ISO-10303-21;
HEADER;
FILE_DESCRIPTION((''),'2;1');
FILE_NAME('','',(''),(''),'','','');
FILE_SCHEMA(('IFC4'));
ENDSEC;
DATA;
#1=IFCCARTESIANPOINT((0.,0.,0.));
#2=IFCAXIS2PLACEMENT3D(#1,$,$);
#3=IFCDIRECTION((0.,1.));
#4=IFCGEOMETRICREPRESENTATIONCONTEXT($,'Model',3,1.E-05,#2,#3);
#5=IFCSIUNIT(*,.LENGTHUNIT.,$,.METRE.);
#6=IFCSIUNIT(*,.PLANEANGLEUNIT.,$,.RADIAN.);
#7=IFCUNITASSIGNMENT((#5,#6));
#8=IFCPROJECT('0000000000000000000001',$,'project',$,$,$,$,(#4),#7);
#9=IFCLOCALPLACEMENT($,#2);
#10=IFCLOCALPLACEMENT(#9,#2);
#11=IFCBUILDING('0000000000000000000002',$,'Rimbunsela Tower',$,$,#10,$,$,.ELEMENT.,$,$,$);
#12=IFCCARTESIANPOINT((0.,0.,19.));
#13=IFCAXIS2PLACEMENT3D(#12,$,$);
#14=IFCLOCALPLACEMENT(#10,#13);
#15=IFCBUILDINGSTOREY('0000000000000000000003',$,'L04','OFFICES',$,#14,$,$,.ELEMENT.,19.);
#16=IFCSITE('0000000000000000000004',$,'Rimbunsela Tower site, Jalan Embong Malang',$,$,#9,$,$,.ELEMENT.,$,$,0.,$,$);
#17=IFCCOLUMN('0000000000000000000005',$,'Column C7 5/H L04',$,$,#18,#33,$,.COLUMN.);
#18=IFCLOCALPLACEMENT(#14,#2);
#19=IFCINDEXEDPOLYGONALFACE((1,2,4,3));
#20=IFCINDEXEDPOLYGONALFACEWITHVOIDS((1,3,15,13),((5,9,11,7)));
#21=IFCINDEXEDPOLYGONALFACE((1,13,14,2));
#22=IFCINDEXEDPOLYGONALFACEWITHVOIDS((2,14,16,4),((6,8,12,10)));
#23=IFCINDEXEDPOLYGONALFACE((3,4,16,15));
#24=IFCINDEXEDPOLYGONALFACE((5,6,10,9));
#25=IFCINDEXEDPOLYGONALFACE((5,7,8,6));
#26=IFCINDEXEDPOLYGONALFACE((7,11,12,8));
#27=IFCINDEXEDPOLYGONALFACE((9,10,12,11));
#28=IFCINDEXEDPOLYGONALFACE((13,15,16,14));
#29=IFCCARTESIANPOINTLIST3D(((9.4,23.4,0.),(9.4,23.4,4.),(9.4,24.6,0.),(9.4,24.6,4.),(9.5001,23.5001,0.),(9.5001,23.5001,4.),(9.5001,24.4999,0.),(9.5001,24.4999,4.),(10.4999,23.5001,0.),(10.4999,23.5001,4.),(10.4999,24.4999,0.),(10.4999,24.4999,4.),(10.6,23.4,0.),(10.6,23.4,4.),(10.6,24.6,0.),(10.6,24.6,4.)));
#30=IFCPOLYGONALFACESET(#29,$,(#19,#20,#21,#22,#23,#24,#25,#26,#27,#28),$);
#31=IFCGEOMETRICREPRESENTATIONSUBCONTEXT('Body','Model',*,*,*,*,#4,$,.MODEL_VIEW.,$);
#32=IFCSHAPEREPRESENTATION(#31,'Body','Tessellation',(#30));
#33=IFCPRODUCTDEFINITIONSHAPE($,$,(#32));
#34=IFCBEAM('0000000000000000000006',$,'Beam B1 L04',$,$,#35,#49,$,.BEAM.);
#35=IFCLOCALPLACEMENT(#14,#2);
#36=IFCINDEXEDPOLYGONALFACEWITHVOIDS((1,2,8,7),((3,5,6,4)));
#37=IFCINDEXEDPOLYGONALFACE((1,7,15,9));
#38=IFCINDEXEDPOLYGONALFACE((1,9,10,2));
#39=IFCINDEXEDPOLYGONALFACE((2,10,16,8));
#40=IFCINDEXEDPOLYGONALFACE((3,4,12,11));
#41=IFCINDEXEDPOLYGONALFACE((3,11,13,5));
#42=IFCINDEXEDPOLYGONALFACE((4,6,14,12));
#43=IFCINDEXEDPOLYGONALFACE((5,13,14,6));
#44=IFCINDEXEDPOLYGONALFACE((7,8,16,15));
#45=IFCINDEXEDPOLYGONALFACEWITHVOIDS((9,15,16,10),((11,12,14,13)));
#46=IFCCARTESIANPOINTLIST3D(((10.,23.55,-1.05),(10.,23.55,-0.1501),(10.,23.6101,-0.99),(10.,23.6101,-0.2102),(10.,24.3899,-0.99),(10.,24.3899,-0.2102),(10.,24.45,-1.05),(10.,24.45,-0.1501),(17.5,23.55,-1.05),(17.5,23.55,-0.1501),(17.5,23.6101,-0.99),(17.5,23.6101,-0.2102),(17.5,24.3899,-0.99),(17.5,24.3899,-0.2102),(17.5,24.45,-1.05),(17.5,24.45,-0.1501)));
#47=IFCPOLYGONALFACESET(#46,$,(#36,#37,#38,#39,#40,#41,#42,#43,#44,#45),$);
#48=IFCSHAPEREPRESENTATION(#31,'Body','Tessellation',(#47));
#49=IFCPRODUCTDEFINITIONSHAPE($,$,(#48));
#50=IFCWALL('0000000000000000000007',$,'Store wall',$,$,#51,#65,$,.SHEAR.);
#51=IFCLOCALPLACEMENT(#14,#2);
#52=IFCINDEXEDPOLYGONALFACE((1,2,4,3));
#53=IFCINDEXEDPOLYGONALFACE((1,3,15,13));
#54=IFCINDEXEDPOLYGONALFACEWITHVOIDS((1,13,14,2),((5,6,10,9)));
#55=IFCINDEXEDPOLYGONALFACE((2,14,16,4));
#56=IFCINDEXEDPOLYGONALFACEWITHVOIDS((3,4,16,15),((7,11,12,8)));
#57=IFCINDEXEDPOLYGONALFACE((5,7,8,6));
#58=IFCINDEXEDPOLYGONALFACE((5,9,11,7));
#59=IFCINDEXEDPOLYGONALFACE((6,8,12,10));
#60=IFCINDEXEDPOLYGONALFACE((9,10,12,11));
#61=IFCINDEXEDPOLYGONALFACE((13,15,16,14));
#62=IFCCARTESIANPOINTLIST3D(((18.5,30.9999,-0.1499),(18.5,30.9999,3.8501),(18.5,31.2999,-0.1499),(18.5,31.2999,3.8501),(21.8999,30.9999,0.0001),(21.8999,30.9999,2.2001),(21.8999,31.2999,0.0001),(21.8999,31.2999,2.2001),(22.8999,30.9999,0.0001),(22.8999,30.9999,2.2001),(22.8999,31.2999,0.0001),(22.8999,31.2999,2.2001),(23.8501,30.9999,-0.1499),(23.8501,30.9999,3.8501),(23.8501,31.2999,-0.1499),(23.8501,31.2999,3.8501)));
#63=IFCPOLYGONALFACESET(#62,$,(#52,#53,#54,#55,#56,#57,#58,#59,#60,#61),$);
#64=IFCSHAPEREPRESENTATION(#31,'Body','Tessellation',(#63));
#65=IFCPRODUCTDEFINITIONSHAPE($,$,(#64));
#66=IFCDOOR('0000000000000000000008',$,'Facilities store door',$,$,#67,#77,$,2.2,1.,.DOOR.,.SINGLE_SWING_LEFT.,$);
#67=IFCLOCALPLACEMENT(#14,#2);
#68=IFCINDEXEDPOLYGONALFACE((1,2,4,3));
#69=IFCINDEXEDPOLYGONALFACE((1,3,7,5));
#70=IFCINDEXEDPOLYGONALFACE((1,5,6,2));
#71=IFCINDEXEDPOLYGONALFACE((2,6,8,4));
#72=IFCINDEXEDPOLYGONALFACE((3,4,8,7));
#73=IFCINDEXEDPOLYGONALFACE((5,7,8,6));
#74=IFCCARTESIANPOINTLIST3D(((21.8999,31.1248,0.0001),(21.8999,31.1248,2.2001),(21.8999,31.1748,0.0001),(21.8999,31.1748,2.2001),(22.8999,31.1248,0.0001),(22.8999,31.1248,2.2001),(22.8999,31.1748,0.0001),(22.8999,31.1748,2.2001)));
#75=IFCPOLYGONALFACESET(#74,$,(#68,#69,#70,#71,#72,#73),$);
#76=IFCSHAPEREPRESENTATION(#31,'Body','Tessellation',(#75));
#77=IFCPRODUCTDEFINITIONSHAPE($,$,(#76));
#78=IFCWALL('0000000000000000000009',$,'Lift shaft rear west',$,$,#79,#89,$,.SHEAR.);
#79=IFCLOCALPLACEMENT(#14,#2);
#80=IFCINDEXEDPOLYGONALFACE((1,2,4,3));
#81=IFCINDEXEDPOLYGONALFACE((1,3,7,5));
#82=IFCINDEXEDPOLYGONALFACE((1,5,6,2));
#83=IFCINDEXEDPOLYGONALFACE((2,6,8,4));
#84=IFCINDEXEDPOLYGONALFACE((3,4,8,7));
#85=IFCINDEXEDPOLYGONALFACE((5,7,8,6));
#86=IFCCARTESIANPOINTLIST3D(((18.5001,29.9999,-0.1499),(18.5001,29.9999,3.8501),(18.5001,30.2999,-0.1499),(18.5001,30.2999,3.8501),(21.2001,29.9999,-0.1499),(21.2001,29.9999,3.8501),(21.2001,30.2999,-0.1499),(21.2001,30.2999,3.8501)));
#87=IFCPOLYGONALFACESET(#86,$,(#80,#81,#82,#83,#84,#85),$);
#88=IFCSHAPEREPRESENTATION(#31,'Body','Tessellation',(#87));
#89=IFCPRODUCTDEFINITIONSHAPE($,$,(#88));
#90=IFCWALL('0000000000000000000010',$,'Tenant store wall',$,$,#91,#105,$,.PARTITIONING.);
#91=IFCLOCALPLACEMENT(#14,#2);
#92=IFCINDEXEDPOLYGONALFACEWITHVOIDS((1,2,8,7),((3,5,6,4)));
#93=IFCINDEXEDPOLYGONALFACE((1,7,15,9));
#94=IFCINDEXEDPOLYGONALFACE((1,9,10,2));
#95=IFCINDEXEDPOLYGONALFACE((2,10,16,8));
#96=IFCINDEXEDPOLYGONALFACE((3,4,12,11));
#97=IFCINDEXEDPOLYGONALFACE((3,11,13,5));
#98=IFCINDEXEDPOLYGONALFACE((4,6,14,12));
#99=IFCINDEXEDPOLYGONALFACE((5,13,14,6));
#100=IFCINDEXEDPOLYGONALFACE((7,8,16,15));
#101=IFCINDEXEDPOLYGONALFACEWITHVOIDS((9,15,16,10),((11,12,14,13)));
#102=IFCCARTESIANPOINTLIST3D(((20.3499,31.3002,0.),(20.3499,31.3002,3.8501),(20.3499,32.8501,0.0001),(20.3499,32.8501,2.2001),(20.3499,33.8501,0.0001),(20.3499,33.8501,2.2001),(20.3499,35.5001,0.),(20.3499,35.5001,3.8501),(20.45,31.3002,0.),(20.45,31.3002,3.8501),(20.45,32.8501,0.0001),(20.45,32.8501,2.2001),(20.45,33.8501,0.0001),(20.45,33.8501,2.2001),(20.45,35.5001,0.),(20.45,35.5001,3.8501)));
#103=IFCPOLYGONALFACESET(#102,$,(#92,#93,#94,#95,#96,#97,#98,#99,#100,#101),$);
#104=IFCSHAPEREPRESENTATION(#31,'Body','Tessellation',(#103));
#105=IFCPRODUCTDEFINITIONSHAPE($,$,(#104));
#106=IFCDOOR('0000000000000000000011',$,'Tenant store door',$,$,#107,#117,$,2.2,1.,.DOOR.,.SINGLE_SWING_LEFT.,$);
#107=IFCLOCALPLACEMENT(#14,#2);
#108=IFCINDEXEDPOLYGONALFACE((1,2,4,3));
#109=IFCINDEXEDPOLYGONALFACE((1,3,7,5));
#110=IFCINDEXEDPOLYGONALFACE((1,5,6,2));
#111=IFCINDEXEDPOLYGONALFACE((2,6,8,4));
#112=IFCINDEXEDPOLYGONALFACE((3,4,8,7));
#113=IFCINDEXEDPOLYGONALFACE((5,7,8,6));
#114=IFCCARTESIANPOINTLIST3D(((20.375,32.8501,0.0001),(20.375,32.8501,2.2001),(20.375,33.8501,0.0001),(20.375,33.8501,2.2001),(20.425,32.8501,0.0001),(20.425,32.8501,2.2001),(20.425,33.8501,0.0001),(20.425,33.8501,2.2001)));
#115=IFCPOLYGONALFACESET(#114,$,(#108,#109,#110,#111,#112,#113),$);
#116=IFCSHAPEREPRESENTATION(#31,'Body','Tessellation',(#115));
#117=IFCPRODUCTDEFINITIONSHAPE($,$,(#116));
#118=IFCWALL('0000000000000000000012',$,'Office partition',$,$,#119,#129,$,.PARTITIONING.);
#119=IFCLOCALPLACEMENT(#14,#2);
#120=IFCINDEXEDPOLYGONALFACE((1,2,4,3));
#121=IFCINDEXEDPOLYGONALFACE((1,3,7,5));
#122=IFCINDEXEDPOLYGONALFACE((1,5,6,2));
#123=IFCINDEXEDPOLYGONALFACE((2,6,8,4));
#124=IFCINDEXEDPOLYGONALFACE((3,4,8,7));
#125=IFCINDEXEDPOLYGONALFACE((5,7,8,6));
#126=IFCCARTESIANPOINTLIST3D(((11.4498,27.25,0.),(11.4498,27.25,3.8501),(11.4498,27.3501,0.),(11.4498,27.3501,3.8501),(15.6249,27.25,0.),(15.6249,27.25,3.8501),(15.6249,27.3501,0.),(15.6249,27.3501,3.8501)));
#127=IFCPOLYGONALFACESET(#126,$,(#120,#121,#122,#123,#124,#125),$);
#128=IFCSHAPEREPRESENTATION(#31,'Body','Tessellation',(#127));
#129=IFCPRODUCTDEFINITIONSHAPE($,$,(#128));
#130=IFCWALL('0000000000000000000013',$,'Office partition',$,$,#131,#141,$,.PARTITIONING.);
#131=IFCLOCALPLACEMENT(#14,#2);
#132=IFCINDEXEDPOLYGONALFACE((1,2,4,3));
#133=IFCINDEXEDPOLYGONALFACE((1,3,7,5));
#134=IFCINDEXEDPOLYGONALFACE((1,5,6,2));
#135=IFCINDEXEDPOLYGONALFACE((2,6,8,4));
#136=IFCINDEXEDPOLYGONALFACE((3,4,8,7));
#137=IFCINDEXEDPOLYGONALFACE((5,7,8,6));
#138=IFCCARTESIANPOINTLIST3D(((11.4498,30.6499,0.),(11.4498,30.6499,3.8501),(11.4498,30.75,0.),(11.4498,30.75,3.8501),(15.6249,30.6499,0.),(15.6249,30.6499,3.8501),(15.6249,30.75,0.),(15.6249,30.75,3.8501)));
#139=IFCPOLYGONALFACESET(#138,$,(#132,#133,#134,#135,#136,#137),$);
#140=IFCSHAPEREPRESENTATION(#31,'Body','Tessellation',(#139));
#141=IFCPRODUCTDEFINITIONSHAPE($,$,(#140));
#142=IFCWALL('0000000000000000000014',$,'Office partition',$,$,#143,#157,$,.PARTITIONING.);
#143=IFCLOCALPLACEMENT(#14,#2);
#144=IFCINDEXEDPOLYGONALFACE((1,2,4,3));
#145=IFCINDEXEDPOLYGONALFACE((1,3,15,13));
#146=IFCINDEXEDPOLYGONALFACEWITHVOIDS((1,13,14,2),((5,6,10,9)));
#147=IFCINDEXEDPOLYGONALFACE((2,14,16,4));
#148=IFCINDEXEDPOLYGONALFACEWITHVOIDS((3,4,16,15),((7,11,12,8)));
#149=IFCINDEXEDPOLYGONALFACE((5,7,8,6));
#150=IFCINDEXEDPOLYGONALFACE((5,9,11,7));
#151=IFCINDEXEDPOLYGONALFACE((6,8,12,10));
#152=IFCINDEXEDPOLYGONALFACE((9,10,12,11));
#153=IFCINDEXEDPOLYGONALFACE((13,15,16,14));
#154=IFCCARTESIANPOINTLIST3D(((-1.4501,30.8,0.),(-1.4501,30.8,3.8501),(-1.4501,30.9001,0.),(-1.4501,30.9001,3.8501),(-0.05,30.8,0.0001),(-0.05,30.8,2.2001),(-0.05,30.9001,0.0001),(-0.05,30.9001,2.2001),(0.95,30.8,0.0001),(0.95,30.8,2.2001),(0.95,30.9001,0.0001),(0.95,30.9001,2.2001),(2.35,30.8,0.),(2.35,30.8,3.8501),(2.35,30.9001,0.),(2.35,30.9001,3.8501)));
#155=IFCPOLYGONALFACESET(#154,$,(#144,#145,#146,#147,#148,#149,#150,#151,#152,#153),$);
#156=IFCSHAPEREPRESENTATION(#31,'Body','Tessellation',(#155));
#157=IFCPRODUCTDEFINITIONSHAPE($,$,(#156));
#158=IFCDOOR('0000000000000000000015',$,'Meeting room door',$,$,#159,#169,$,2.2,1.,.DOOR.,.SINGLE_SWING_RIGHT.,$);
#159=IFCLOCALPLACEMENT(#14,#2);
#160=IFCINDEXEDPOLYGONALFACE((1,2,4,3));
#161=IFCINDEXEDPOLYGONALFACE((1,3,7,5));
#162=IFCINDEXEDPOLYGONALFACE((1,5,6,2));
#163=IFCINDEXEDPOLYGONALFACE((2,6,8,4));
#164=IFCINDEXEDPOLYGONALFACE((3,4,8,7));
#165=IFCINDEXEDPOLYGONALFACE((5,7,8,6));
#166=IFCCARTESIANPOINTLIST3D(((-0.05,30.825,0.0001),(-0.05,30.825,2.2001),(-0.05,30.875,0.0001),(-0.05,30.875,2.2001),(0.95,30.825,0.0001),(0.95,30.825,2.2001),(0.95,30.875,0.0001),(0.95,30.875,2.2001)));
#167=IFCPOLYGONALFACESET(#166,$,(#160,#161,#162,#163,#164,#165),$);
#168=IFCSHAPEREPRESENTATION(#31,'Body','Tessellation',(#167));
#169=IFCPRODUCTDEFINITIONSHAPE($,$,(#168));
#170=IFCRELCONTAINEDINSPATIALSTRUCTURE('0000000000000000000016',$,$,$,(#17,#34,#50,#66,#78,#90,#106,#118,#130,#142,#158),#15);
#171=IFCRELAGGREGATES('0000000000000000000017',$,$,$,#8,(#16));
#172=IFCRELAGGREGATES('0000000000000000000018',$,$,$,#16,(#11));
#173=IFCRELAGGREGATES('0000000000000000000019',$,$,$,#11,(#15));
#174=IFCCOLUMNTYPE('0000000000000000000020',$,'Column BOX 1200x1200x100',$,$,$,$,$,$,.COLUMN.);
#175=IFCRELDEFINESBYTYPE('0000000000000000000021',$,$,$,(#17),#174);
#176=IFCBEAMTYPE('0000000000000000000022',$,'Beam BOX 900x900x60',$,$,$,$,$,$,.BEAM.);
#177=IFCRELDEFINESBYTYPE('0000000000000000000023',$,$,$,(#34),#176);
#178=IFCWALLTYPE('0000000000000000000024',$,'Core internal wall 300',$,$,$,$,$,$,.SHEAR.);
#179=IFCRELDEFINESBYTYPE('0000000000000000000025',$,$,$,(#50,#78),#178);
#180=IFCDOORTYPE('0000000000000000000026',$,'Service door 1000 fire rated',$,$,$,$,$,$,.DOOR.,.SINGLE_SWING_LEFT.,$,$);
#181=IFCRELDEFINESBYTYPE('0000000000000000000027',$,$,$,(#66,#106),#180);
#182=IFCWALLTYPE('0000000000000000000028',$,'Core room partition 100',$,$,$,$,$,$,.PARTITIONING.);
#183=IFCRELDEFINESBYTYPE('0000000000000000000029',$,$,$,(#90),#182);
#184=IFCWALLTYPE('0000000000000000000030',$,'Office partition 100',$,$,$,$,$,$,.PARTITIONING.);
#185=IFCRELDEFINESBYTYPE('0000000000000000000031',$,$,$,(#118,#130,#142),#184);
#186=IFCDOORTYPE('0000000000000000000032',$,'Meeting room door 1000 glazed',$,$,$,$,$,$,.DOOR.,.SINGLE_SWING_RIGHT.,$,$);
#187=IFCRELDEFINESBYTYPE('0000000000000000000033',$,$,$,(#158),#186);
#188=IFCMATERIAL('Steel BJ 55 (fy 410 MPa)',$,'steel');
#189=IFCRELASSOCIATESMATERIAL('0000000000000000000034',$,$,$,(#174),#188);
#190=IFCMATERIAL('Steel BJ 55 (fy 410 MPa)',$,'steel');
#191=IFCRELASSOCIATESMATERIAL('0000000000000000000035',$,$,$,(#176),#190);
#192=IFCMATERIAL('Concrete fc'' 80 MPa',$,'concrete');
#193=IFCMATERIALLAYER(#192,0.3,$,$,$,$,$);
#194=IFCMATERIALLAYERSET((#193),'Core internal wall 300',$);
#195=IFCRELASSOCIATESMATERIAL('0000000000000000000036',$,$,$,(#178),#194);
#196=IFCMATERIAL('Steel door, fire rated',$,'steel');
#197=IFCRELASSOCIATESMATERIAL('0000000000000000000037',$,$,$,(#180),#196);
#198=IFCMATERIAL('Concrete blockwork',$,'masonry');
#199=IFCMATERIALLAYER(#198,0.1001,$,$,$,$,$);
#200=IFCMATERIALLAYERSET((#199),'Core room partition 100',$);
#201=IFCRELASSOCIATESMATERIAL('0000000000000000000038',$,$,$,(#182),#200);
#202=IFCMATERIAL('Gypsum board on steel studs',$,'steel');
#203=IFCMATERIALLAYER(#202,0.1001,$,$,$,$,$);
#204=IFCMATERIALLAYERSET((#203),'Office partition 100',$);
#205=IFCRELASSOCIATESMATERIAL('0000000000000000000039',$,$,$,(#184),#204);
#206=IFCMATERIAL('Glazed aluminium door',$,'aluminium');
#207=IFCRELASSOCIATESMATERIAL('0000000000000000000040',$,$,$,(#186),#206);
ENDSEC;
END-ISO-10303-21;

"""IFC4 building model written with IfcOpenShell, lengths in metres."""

from ifc_helpers import new_model, si_unit, direction, frame, frame_2d, origin, origin_2d, place, context, subcontext, project, spatial, rectangle, hollow_rectangle, extrude, material, layer, layer_set, material_profile, profile_set, type_object, element, fill, save


model = new_model("IFC4")

# Units and contexts
model_context = context("Model", 3, precision=1e-05, world=origin(), true_north=direction((0.0, 1.0)))
body_context = subcontext(model_context, "Body", "Model", "MODEL_VIEW")
ifc_project = project(units=[si_unit("LENGTHUNIT", "METRE"), si_unit("PLANEANGLEUNIT", "RADIAN")], contexts=[model_context])

# Site, building, storey
site_placement = place(None, origin())
site = spatial("IfcSite", under=ifc_project, at=site_placement, Name="Rimbunsela Tower site, Jalan Embong Malang", CompositionType="ELEMENT", RefElevation=0.0)
building_placement = place(site_placement, origin())
building = spatial("IfcBuilding", under=site, at=building_placement, Name="Rimbunsela Tower", CompositionType="ELEMENT")
storey_placement = place(building_placement, frame((0.0, 0.0, 19.0)))
storey = spatial("IfcBuildingStorey", under=building, at=storey_placement, Name="L04", Description="OFFICES", CompositionType="ELEMENT", Elevation=19.0)

# Column
ifc_material_1 = material(Name="Steel BJ 55 (fy 410 MPa)", Category="steel")
ifc_material_profile_1 = material_profile(ifc_material_1, hollow_rectangle(XDim=1.2, YDim=1.2, WallThickness=0.1001, at=origin_2d()), Name="BOX 1200x1200x100")
ifc_profile_set_1 = profile_set([ifc_material_profile_1], Name="Steel BJ 55 (fy 410 MPa)")
column_type = type_object("IfcColumnType", Name="Column BOX 1200x1200x100", PredefinedType="COLUMN", material=ifc_profile_set_1)
column_placement = place(storey_placement, frame((10.0, 24.0, 0.0), z_axis=(0.0, 0.0, 1.0), x_axis=(1.0, 0.0, 0.0)))
element("IfcColumn", 1, at=column_placement, inside=storey, type_object=column_type, Name="Column C7 5/H L04", PredefinedType="COLUMN", context=body_context, shape_type="SweptSolid", body=[
    extrude(hollow_rectangle(XDim=1.2, YDim=1.2, WallThickness=0.1001, at=origin_2d()), origin(), (0.0, 0.0, 1.0), 4.0),
])

# Beam
ifc_material_2 = material(Name="Steel BJ 55 (fy 410 MPa)", Category="steel")
ifc_material_profile_2 = material_profile(ifc_material_2, hollow_rectangle(XDim=0.8999, YDim=0.8999, WallThickness=0.0601, at=origin_2d()), Name="BOX 900x900x60")
ifc_profile_set_2 = profile_set([ifc_material_profile_2], Name="Steel BJ 55 (fy 410 MPa)")
beam_type = type_object("IfcBeamType", Name="Beam BOX 900x900x60", PredefinedType="BEAM", material=ifc_profile_set_2)
beam_placement = place(storey_placement, frame((10.0, 24.0, -0.6001), z_axis=(1.0, 0.0, 0.0), x_axis=(0.0, 1.0, 0.0)))
element("IfcBeam", 2, at=beam_placement, inside=storey, type_object=beam_type, Name="Beam B1 L04", PredefinedType="BEAM", context=body_context, shape_type="SweptSolid", body=[
    extrude(hollow_rectangle(XDim=0.8999, YDim=0.8999, WallThickness=0.0601, at=origin_2d()), origin(), (0.0, 0.0, 1.0), 7.5),
])

# Wall, opening, door
ifc_material_3 = material(Name="Concrete fc' 80 MPa", Category="concrete")
ifc_layer_1 = layer(ifc_material_3, 0.3)
ifc_layer_set_1 = layer_set([ifc_layer_1], Name="Core internal wall 300")
wall_type_1 = type_object("IfcWallType", Name="Core internal wall 300", PredefinedType="SHEAR", material=ifc_layer_set_1)
wall_1_placement = place(storey_placement, frame((18.5, 31.1499, -0.1499), z_axis=(0.0, 0.0, 1.0), x_axis=(1.0, 0.0, 0.0)))
wall_1 = element("IfcWall", 3, at=wall_1_placement, inside=storey, type_object=wall_type_1, Name="Store wall", PredefinedType="SHEAR", context=body_context, shape_type="SweptSolid", body=[
    extrude(rectangle(XDim=5.3501, YDim=0.3, at=frame_2d((2.675, 0.0))), origin(), (0.0, 0.0, 1.0), 4.0),
])
opening_1_placement = place(wall_1_placement, frame((3.3999, 0.0, 0.1499)))
opening_1 = element("IfcOpeningElement", 4, at=opening_1_placement, cuts=wall_1, PredefinedType="OPENING", context=body_context, shape_type="SweptSolid", body=[
    extrude(rectangle(XDim=1.0, YDim=2.2, at=frame_2d((0.5, 1.1001))), frame((0.0, 0.1599, 0.0), z_axis=(0.0, -1.0, 0.0), x_axis=(1.0, 0.0, 0.0)), (0.0, 0.0, 1.0), 0.3201),
])
ifc_material_4 = material(Name="Steel door, fire rated", Category="steel")
door_type_1 = type_object("IfcDoorType", Name="Service door 1000 fire rated", OperationType="SINGLE_SWING_LEFT", PredefinedType="DOOR", material=ifc_material_4)
door_1_placement = place(opening_1_placement, origin())
door_1 = element("IfcDoor", 5, at=door_1_placement, inside=storey, type_object=door_type_1, Name="Facilities store door", OperationType="SINGLE_SWING_LEFT", OverallHeight=2.2, OverallWidth=1.0, PredefinedType="DOOR", context=body_context, shape_type="SweptSolid", body=[
    extrude(rectangle(XDim=1.0, YDim=2.2, at=frame_2d((0.5, 1.1001))), frame((0.0, 0.0249, 0.0), z_axis=(0.0, -1.0, 0.0), x_axis=(1.0, 0.0, 0.0)), (0.0, 0.0, 1.0), 0.05),
])
fill(opening_1, door_1)

# Wall
wall_2_placement = place(storey_placement, frame((18.5, 30.1499, -0.1499), z_axis=(0.0, 0.0, 1.0), x_axis=(1.0, 0.0, 0.0)))
element("IfcWall", 6, at=wall_2_placement, inside=storey, type_object=wall_type_1, Name="Lift shaft rear west", PredefinedType="SHEAR", context=body_context, shape_type="SweptSolid", body=[
    extrude(rectangle(XDim=2.7, YDim=0.3, at=frame_2d((1.3501, 0.0))), origin(), (0.0, 0.0, 1.0), 4.0),
])

# Wall, opening, door
ifc_material_5 = material(Name="Concrete blockwork", Category="masonry")
ifc_layer_2 = layer(ifc_material_5, 0.1001)
ifc_layer_set_2 = layer_set([ifc_layer_2], Name="Core room partition 100")
wall_type_2 = type_object("IfcWallType", Name="Core room partition 100", PredefinedType="PARTITIONING", material=ifc_layer_set_2)
wall_3_placement = place(storey_placement, frame((20.3999, 31.3, 0.0), z_axis=(0.0, 0.0, 1.0), x_axis=(0.0, 1.0, 0.0)))
wall_3 = element("IfcWall", 7, at=wall_3_placement, inside=storey, type_object=wall_type_2, Name="Tenant store wall", PredefinedType="PARTITIONING", context=body_context, shape_type="SweptSolid", body=[
    extrude(rectangle(XDim=4.2, YDim=0.1001, at=frame_2d((2.1001, 0.0))), origin(), (0.0, 0.0, 1.0), 3.8501),
])
opening_2_placement = place(wall_3_placement, frame((1.55, 0.0, 0.0)))
opening_2 = element("IfcOpeningElement", 8, at=opening_2_placement, cuts=wall_3, PredefinedType="OPENING", context=body_context, shape_type="SweptSolid", body=[
    extrude(rectangle(XDim=1.0, YDim=2.2, at=frame_2d((0.5, 1.1001))), frame((0.0, 0.0601, 0.0), z_axis=(0.0, -1.0, 0.0), x_axis=(1.0, 0.0, 0.0)), (0.0, 0.0, 1.0), 0.1201),
])
door_2_placement = place(opening_2_placement, origin())
door_2 = element("IfcDoor", 9, at=door_2_placement, inside=storey, type_object=door_type_1, Name="Tenant store door", OperationType="SINGLE_SWING_LEFT", OverallHeight=2.2, OverallWidth=1.0, PredefinedType="DOOR", context=body_context, shape_type="SweptSolid", body=[
    extrude(rectangle(XDim=1.0, YDim=2.2, at=frame_2d((0.5, 1.1001))), frame((0.0, 0.0249, 0.0), z_axis=(0.0, -1.0, 0.0), x_axis=(1.0, 0.0, 0.0)), (0.0, 0.0, 1.0), 0.05),
])
fill(opening_2, door_2)

# Walls
ifc_material_6 = material(Name="Gypsum board on steel studs", Category="steel")
ifc_layer_3 = layer(ifc_material_6, 0.1001)
ifc_layer_set_3 = layer_set([ifc_layer_3], Name="Office partition 100")
wall_type_3 = type_object("IfcWallType", Name="Office partition 100", PredefinedType="PARTITIONING", material=ifc_layer_set_3)
for number, where, z_axis, x_axis, name in (
    (10, (11.45, 27.3, 0.0), (0.0, 0.0, 1.0), (1.0, 0.0, 0.0), "Office partition"),
    (11, (11.45, 30.7, 0.0), (0.0, 0.0, 1.0), (1.0, 0.0, 0.0), "Office partition"),
):
    element("IfcWall", number, at=place(storey_placement, frame(where, z_axis=z_axis, x_axis=x_axis)), inside=storey, type_object=wall_type_3, Name=name, PredefinedType="PARTITIONING", context=body_context, shape_type="SweptSolid", body=[
        extrude(rectangle(XDim=4.175, YDim=0.1001, at=frame_2d((2.0874, 0.0))), origin(), (0.0, 0.0, 1.0), 3.8501),
    ])

# Wall, opening, door
wall_4_placement = place(storey_placement, frame((-1.45, 30.8501, 0.0), z_axis=(0.0, 0.0, 1.0), x_axis=(1.0, 0.0, 0.0)))
wall_4 = element("IfcWall", 12, at=wall_4_placement, inside=storey, type_object=wall_type_3, Name="Office partition", PredefinedType="PARTITIONING", context=body_context, shape_type="SweptSolid", body=[
    extrude(rectangle(XDim=3.8, YDim=0.1001, at=frame_2d((1.8999, 0.0))), origin(), (0.0, 0.0, 1.0), 3.8501),
])
opening_3_placement = place(wall_4_placement, frame((1.3999, 0.0, 0.0)))
opening_3 = element("IfcOpeningElement", 13, at=opening_3_placement, cuts=wall_4, PredefinedType="OPENING", context=body_context, shape_type="SweptSolid", body=[
    extrude(rectangle(XDim=1.0, YDim=2.2, at=frame_2d((0.5, 1.1001))), frame((0.0, 0.0601, 0.0), z_axis=(0.0, -1.0, 0.0), x_axis=(1.0, 0.0, 0.0)), (0.0, 0.0, 1.0), 0.1201),
])
ifc_material_7 = material(Name="Glazed aluminium door", Category="aluminium")
door_type_2 = type_object("IfcDoorType", Name="Meeting room door 1000 glazed", OperationType="SINGLE_SWING_RIGHT", PredefinedType="DOOR", material=ifc_material_7)
door_3_placement = place(opening_3_placement, origin())
door_3 = element("IfcDoor", 14, at=door_3_placement, inside=storey, type_object=door_type_2, Name="Meeting room door", OperationType="SINGLE_SWING_RIGHT", OverallHeight=2.2, OverallWidth=1.0, PredefinedType="DOOR", context=body_context, shape_type="SweptSolid", body=[
    extrude(rectangle(XDim=1.0, YDim=2.2, at=frame_2d((0.5, 1.1001))), frame((0.0, 0.0249, 0.0), z_axis=(0.0, -1.0, 0.0), x_axis=(1.0, 0.0, 0.0)), (0.0, 0.0, 1.0), 0.05),
])
fill(opening_3, door_3)

save(model, "model.ifc")
